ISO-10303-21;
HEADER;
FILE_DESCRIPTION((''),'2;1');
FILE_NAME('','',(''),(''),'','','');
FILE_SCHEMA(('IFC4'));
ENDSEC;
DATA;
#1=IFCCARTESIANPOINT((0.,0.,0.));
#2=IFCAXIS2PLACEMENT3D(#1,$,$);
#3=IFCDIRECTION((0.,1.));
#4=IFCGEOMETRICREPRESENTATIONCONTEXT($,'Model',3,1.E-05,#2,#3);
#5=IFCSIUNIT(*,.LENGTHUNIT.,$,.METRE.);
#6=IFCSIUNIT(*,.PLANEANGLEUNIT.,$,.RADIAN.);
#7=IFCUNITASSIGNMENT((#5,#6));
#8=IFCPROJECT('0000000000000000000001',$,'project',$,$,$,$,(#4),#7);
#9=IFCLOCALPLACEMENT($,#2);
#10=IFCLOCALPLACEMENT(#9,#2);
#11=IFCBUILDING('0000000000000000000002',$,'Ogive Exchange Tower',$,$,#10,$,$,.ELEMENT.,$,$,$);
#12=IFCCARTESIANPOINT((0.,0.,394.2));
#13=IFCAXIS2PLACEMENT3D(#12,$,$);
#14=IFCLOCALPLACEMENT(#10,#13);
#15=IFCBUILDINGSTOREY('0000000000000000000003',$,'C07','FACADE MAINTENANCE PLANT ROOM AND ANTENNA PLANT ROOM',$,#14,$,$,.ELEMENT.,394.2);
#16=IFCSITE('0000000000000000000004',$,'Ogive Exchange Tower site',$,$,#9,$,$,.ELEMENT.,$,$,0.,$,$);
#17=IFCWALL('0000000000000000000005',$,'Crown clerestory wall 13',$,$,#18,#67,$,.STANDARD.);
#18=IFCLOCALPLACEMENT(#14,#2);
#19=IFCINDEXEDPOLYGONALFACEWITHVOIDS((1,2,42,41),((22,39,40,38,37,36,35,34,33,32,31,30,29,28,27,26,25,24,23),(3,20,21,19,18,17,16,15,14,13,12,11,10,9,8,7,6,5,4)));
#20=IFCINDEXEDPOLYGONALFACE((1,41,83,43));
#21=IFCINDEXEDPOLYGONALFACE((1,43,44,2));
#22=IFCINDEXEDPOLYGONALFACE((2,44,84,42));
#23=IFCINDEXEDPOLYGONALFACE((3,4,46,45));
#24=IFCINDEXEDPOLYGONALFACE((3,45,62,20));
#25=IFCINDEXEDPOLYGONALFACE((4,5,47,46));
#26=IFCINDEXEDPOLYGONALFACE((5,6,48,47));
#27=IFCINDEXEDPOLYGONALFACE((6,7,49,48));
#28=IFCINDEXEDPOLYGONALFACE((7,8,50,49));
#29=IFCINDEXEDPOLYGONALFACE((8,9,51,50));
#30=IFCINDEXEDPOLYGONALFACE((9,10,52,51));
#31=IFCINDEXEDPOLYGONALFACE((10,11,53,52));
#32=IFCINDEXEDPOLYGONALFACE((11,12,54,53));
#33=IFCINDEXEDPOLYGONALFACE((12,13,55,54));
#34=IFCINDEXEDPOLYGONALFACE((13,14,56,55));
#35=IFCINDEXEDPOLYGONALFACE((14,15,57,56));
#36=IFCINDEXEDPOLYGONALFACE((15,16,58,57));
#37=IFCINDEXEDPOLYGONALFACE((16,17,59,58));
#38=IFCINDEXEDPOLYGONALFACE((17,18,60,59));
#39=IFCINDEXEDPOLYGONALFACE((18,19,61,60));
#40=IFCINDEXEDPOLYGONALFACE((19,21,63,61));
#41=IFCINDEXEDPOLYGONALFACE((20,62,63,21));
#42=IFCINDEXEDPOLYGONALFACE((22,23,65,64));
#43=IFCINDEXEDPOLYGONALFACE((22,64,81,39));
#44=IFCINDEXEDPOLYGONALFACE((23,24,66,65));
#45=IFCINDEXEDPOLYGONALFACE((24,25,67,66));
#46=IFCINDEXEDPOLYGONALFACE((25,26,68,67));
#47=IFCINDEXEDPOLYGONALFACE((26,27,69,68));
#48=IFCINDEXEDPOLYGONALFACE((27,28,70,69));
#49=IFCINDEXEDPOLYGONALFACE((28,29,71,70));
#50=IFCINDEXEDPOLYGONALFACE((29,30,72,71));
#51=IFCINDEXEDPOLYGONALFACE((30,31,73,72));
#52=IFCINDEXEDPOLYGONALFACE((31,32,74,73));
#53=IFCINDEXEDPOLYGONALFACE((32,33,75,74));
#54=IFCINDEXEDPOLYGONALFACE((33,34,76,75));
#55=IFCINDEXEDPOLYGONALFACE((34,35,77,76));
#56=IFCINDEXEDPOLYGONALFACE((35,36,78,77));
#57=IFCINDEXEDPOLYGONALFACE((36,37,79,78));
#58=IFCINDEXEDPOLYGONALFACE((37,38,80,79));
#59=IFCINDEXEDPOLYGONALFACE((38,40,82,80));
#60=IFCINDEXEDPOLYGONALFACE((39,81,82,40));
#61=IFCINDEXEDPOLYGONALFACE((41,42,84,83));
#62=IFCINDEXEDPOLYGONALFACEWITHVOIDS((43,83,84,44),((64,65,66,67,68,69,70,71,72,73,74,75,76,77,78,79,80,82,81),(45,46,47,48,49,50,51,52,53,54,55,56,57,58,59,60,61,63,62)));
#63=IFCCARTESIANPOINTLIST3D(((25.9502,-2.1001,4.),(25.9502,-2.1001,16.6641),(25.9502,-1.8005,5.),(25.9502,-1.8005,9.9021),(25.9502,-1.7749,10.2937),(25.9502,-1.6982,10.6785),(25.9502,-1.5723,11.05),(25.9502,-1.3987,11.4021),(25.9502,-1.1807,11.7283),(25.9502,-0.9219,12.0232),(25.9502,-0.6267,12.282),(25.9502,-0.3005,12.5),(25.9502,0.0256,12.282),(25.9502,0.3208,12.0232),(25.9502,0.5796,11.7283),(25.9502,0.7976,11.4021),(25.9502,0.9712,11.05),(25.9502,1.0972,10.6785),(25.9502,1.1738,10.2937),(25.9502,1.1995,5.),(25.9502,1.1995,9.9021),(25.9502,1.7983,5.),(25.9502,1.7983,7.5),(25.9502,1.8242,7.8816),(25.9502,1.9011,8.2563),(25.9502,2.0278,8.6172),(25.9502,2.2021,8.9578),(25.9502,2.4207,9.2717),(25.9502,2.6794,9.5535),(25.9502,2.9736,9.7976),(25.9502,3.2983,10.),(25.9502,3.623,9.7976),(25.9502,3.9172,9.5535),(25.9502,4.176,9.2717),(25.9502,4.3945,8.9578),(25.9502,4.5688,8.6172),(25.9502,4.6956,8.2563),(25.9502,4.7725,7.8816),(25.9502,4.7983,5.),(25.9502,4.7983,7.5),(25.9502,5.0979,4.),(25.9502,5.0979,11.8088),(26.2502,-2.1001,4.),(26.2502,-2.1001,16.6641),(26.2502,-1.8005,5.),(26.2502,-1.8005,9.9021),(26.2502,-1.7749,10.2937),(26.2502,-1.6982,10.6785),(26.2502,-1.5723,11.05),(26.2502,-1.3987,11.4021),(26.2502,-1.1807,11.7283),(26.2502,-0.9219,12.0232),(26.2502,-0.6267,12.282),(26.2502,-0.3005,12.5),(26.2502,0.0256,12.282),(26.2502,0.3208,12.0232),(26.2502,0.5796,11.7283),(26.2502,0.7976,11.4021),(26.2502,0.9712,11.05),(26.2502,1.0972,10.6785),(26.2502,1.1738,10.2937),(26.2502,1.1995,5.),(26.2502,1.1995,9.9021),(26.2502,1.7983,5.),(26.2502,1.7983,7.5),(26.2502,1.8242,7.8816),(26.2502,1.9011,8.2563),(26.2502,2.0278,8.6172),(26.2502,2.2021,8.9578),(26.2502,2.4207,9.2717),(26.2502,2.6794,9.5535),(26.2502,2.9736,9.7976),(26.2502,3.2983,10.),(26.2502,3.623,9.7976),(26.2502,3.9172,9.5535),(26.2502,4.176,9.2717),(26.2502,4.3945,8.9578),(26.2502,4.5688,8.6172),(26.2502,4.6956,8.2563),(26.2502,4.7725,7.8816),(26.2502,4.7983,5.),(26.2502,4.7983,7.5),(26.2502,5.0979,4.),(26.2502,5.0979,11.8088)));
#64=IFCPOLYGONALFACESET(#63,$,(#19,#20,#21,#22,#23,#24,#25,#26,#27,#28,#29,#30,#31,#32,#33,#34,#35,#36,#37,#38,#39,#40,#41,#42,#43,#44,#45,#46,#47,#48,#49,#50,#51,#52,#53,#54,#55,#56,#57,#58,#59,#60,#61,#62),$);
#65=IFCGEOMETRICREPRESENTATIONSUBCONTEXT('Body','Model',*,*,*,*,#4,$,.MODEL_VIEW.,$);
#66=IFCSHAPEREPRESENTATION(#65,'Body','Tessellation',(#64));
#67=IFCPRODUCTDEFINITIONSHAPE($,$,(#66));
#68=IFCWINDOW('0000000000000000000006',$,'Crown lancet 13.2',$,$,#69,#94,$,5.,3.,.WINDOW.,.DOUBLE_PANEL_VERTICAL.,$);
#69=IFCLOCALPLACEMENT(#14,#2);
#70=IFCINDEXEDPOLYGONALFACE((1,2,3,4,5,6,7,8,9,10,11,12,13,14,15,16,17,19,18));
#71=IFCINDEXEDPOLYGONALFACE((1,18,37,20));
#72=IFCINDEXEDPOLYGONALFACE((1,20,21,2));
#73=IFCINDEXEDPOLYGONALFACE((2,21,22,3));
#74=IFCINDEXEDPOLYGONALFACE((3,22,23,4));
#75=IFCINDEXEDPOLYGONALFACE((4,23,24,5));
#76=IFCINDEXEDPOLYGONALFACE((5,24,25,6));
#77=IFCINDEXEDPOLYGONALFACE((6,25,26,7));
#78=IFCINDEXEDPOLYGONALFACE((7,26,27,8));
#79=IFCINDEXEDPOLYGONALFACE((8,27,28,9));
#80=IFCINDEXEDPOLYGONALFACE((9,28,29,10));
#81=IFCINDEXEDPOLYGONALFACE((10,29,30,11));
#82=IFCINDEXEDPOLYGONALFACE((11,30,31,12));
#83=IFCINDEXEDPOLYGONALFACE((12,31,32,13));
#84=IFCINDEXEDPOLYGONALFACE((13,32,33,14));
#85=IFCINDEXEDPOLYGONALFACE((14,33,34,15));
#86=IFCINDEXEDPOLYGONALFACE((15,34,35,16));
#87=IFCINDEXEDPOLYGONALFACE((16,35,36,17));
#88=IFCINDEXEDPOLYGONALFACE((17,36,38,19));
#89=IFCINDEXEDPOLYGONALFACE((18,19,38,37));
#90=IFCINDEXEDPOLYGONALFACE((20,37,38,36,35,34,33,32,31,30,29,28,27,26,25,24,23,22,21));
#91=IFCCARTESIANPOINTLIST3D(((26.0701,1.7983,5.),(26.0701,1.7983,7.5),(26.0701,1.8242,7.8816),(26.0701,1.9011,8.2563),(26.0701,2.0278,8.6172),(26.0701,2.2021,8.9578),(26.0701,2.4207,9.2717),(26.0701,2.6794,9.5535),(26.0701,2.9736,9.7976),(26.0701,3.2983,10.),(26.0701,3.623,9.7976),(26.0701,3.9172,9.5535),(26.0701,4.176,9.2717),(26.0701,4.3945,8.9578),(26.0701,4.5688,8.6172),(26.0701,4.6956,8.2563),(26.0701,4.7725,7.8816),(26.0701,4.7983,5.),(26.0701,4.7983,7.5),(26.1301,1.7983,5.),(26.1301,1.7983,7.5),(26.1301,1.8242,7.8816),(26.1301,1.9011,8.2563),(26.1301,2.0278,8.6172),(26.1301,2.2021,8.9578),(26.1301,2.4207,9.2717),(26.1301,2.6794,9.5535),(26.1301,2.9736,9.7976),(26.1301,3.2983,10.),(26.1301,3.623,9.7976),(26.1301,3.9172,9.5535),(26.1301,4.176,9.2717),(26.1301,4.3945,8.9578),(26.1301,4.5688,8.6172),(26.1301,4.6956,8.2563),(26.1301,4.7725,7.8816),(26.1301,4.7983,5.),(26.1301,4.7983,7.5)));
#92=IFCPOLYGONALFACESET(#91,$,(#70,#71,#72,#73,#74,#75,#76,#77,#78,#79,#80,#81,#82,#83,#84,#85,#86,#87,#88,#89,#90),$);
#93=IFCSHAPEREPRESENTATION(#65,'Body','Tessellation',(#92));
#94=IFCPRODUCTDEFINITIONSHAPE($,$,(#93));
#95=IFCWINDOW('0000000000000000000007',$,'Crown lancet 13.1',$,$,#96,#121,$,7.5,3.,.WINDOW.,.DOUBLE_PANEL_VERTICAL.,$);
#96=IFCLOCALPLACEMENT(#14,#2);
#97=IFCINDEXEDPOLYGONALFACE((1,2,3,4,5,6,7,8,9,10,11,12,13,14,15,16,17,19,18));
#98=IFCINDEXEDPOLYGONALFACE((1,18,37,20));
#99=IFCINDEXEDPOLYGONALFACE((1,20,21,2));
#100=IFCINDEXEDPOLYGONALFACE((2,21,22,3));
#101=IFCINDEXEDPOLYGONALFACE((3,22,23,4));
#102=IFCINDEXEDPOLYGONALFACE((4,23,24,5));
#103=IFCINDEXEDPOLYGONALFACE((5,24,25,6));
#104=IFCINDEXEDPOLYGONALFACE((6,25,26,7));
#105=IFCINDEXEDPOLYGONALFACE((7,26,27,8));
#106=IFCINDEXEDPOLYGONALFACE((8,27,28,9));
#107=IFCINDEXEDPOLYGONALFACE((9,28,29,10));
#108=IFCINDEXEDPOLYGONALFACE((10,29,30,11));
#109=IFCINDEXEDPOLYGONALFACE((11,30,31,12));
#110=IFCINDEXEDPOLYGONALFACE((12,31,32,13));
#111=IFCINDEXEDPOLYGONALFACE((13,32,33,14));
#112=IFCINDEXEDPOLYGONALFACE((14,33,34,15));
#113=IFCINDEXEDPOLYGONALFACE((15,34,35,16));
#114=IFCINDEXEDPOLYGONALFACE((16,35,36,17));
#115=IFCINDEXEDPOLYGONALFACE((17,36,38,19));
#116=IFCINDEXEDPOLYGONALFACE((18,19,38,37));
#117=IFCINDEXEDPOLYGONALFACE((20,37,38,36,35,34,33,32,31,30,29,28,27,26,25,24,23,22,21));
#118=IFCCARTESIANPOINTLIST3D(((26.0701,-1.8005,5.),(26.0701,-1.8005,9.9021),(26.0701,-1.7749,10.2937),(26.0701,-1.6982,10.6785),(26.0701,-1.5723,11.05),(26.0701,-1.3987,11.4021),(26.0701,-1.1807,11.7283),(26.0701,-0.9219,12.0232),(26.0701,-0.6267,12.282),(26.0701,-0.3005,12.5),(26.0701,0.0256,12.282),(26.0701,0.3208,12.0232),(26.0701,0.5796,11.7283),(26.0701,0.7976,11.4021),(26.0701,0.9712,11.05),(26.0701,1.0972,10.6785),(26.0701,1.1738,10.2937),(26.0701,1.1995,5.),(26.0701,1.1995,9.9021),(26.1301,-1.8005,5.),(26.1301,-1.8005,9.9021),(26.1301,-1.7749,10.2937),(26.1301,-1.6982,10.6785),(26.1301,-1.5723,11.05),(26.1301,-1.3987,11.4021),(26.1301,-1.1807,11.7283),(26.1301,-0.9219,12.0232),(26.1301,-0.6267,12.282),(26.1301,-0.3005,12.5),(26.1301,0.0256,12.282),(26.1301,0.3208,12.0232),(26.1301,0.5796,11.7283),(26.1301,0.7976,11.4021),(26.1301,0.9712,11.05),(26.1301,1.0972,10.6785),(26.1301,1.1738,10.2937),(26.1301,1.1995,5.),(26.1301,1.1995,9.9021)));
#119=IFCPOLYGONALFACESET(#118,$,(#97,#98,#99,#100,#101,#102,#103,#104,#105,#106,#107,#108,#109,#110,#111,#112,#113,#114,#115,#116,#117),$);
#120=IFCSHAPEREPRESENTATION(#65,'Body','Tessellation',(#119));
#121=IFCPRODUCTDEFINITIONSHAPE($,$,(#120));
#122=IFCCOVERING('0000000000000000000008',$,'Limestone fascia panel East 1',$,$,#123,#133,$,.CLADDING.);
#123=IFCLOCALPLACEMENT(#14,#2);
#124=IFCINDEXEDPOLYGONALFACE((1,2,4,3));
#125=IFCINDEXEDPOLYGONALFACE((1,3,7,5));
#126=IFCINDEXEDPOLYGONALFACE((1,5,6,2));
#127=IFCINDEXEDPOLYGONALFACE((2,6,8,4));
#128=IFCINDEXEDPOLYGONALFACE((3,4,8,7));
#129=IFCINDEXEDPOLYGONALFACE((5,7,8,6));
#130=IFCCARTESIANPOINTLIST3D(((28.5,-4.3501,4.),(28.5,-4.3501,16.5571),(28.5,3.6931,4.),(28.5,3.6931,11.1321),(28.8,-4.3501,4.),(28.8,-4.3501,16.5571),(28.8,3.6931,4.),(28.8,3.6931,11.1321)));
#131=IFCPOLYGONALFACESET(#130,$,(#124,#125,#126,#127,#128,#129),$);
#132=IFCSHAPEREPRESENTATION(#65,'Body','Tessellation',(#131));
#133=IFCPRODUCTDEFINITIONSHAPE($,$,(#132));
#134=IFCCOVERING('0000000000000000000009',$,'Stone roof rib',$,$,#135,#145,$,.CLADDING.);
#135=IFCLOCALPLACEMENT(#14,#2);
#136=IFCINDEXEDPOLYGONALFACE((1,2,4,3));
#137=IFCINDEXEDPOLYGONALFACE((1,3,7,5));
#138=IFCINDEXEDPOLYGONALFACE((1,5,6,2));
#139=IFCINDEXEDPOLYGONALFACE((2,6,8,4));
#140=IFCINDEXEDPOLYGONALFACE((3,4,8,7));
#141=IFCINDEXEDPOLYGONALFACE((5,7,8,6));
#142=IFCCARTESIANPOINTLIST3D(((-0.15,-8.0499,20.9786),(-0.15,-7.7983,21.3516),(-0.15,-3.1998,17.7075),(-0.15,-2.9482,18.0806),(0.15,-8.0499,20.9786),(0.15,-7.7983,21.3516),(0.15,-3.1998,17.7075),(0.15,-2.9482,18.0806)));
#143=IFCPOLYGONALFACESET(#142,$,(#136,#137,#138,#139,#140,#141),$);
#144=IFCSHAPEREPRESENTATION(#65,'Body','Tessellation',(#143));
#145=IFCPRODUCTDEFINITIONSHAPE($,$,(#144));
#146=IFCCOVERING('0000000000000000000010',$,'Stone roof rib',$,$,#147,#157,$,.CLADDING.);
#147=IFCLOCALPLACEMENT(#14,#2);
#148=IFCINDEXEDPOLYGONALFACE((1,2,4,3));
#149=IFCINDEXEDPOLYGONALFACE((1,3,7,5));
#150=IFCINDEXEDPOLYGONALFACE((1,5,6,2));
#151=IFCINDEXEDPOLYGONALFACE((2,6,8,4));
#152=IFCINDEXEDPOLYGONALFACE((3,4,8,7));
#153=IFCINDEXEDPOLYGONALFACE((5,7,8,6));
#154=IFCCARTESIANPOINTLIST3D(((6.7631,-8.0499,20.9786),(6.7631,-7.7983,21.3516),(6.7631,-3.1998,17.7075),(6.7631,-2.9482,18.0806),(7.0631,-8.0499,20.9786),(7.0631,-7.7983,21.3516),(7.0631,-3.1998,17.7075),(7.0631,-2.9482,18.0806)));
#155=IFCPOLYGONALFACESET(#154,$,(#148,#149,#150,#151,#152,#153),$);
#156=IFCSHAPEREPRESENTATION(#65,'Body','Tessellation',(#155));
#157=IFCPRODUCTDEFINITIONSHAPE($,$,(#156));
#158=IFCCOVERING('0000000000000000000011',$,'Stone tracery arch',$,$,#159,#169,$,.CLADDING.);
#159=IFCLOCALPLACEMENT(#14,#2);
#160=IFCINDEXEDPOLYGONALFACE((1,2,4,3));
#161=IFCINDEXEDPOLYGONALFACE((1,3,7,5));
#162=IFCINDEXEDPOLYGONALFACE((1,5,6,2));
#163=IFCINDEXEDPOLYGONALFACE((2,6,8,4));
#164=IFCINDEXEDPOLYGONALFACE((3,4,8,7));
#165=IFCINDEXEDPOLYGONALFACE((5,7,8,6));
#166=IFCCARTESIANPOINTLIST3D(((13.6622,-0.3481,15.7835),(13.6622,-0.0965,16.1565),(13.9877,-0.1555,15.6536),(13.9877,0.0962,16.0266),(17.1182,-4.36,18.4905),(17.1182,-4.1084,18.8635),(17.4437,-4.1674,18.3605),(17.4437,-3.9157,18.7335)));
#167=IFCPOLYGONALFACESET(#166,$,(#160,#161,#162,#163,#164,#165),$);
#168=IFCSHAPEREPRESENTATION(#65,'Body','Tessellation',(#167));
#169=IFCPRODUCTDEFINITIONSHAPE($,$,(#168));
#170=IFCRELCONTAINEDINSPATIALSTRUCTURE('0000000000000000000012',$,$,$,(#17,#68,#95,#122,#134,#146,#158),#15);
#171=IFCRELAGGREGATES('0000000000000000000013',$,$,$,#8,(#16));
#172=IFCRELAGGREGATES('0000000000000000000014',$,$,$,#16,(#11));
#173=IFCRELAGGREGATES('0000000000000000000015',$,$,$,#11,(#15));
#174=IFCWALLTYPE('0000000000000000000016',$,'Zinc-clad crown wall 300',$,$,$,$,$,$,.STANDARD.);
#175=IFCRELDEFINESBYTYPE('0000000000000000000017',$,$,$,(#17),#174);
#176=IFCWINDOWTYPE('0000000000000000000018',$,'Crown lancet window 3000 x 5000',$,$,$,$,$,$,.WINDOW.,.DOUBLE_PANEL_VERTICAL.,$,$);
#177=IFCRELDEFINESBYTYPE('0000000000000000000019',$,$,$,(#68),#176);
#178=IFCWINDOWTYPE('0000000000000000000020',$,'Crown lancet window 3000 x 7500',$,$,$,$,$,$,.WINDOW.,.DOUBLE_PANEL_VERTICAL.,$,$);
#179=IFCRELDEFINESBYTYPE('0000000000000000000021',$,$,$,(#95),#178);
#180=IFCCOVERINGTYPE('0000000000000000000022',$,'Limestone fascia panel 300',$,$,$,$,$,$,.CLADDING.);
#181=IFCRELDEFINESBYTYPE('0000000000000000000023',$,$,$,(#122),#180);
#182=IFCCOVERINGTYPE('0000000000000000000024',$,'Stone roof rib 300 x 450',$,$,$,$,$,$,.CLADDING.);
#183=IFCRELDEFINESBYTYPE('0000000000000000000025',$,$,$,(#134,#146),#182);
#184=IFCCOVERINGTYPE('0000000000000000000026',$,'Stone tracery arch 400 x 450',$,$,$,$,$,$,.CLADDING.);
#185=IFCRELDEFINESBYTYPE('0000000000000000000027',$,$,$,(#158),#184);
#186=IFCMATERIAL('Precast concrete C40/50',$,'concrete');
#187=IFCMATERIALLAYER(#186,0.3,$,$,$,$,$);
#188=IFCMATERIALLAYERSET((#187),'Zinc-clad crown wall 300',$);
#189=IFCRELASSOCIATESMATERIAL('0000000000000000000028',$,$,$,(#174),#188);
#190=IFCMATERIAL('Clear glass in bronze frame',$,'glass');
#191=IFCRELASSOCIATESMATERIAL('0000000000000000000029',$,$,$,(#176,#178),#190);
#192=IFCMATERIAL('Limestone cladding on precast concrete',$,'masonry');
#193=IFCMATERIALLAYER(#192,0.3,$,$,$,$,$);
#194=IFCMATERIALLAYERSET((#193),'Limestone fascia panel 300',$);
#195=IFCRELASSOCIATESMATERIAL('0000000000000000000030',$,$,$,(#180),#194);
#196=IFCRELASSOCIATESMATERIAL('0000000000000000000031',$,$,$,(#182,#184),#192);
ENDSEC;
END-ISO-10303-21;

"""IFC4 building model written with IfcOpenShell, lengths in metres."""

from ifc_helpers import new_model, si_unit, direction, frame, origin, origin_2d, place, context, subcontext, project, spatial, polyline, rectangle, outline, extrude, material, layer, layer_set, material_profile, profile_set, type_object, element, fill, save


model = new_model("IFC4")

# Units and contexts
model_context = context("Model", 3, precision=1e-05, world=origin(), true_north=direction((0.0, 1.0)))
body_context = subcontext(model_context, "Body", "Model", "MODEL_VIEW")
ifc_project = project(units=[si_unit("LENGTHUNIT", "METRE"), si_unit("PLANEANGLEUNIT", "RADIAN")], contexts=[model_context])

# Site, building, storey
site_placement = place(None, origin())
site = spatial("IfcSite", under=ifc_project, at=site_placement, Name="Ogive Exchange Tower site", CompositionType="ELEMENT", RefElevation=0.0)
building_placement = place(site_placement, origin())
building = spatial("IfcBuilding", under=site, at=building_placement, Name="Ogive Exchange Tower", CompositionType="ELEMENT")
storey_placement = place(building_placement, frame((0.0, 0.0, 394.2)))
storey = spatial("IfcBuildingStorey", under=building, at=storey_placement, Name="C07", Description="FACADE MAINTENANCE PLANT ROOM AND ANTENNA PLANT ROOM", CompositionType="ELEMENT", Elevation=394.2)

# Shared definitions
ifc_material_1 = material(Name="Precast concrete C40/50", Category="concrete")
ifc_layer_1 = layer(ifc_material_1, 0.3)
ifc_layer_set_1 = layer_set([ifc_layer_1], Name="Zinc-clad crown wall 300")
wall_type = type_object("IfcWallType", Name="Zinc-clad crown wall 300", PredefinedType="STANDARD", material=ifc_layer_set_1)
ifc_material_2 = material(Name="Clear glass in bronze frame", Category="glass")

# Wall, openings, windows
wall_1_placement = place(storey_placement, frame((26.1001, -2.1001, 4.0), z_axis=(0.0, 0.0, 1.0), x_axis=(0.0, 1.0, 0.0)))
wall_1 = element("IfcWall", 1, at=wall_1_placement, inside=storey, type_object=wall_type, Name="Crown clerestory wall 13", PredefinedType="STANDARD", context=body_context, shape_type="SweptSolid", body=[
    extrude(outline(polyline([(0.0, 0.0), (7.198, 0.0), (7.198, 7.8088), (0.0, 12.6641), (0.0, 0.0)])), frame((0.0, 0.1499, 0.0), z_axis=(0.0, -1.0, 0.0), x_axis=(1.0, 0.0, 0.0)), (0.0, 0.0, 1.0), 0.3),
])
opening_1_placement = place(wall_1_placement, frame((0.2996, 0.0, 1.0)))
opening_1 = element("IfcOpeningElement", 2, at=opening_1_placement, cuts=wall_1, PredefinedType="OPENING", context=body_context, shape_type="SweptSolid", body=[
    extrude(outline(polyline([(0.0, 0.0), (3.0, 0.0), (3.0, 4.9021), (2.9744, 5.2937), (2.8977, 5.6785), (2.7717, 6.05), (2.5981, 6.4021), (2.3801, 6.7283), (2.1213, 7.0232), (1.8262, 7.282), (1.5, 7.5), (1.1738, 7.282), (0.8787, 7.0232), (0.6199, 6.7283), (0.4019, 6.4021), (0.2283, 6.05), (0.1023, 5.6785), (0.0256, 5.2937), (0.0, 4.9021), (0.0, 0.0)])), frame((0.0, 0.1599, 0.0), z_axis=(0.0, -1.0, 0.0), x_axis=(1.0, 0.0, 0.0)), (0.0, 0.0, 1.0), 0.3201),
])
opening_2_placement = place(wall_1_placement, frame((3.8984, 0.0, 1.0)))
opening_2 = element("IfcOpeningElement", 3, at=opening_2_placement, cuts=wall_1, PredefinedType="OPENING", context=body_context, shape_type="SweptSolid", body=[
    extrude(outline(polyline([(0.0, 0.0), (3.0, 0.0), (3.0, 2.5), (2.9741, 2.8816), (2.8972, 3.2563), (2.7705, 3.6172), (2.5962, 3.9578), (2.3777, 4.2717), (2.1189, 4.5535), (1.8247, 4.7976), (1.5, 5.0), (1.1753, 4.7976), (0.8811, 4.5535), (0.6223, 4.2717), (0.4038, 3.9578), (0.2295, 3.6172), (0.1028, 3.2563), (0.0259, 2.8816), (0.0, 2.5), (0.0, 0.0)])), frame((0.0, 0.1599, 0.0), z_axis=(0.0, -1.0, 0.0), x_axis=(1.0, 0.0, 0.0)), (0.0, 0.0, 1.0), 0.3201),
])
window_type_1 = type_object("IfcWindowType", Name="Crown lancet window 3000 x 5000", PartitioningType="DOUBLE_PANEL_VERTICAL", PredefinedType="WINDOW", material=ifc_material_2)
window_1_placement = place(opening_2_placement, origin())
window_1 = element("IfcWindow", 4, at=window_1_placement, inside=storey, type_object=window_type_1, Name="Crown lancet 13.2", OverallHeight=5.0, OverallWidth=3.0, PartitioningType="DOUBLE_PANEL_VERTICAL", PredefinedType="WINDOW", context=body_context, shape_type="SweptSolid", body=[
    extrude(outline(polyline([(0.0, 0.0), (3.0, 0.0), (3.0, 2.5), (2.9741, 2.8816), (2.8972, 3.2563), (2.7705, 3.6172), (2.5962, 3.9578), (2.3777, 4.2717), (2.1189, 4.5535), (1.8247, 4.7976), (1.5, 5.0), (1.1753, 4.7976), (0.8811, 4.5535), (0.6223, 4.2717), (0.4038, 3.9578), (0.2295, 3.6172), (0.1028, 3.2563), (0.0259, 2.8816), (0.0, 2.5), (0.0, 0.0)])), frame((0.0, 0.03, 0.0), z_axis=(0.0, -1.0, 0.0), x_axis=(1.0, 0.0, 0.0)), (0.0, 0.0, 1.0), 0.0601),
])
fill(opening_2, window_1)
window_type_2 = type_object("IfcWindowType", Name="Crown lancet window 3000 x 7500", PartitioningType="DOUBLE_PANEL_VERTICAL", PredefinedType="WINDOW", material=ifc_material_2)
window_2_placement = place(opening_1_placement, origin())
window_2 = element("IfcWindow", 5, at=window_2_placement, inside=storey, type_object=window_type_2, Name="Crown lancet 13.1", OverallHeight=7.5, OverallWidth=3.0, PartitioningType="DOUBLE_PANEL_VERTICAL", PredefinedType="WINDOW", context=body_context, shape_type="SweptSolid", body=[
    extrude(outline(polyline([(0.0, 0.0), (3.0, 0.0), (3.0, 4.9021), (2.9744, 5.2937), (2.8977, 5.6785), (2.7717, 6.05), (2.5981, 6.4021), (2.3801, 6.7283), (2.1213, 7.0232), (1.8262, 7.282), (1.5, 7.5), (1.1738, 7.282), (0.8787, 7.0232), (0.6199, 6.7283), (0.4019, 6.4021), (0.2283, 6.05), (0.1023, 5.6785), (0.0256, 5.2937), (0.0, 4.9021), (0.0, 0.0)])), frame((0.0, 0.03, 0.0), z_axis=(0.0, -1.0, 0.0), x_axis=(1.0, 0.0, 0.0)), (0.0, 0.0, 1.0), 0.0601),
])
fill(opening_1, window_2)

# Coverings
ifc_material_3 = material(Name="Limestone cladding on precast concrete", Category="masonry")
ifc_layer_2 = layer(ifc_material_3, 0.3)
ifc_layer_set_2 = layer_set([ifc_layer_2], Name="Limestone fascia panel 300")
covering_type_1 = type_object("IfcCoveringType", Name="Limestone fascia panel 300", PredefinedType="CLADDING", material=ifc_layer_set_2)
covering_1_placement = place(storey_placement, frame((28.5, -4.3501, 16.5571), z_axis=(-1.0, 0.0, 0.0), x_axis=(0.0, 0.829046, -0.559181)))
element("IfcCovering", 6, at=covering_1_placement, inside=storey, type_object=covering_type_1, Name="Limestone fascia panel East 1", PredefinedType="CLADDING", context=body_context, shape_type="SweptSolid", body=[
    extrude(outline(polyline([(0.0, 0.0), (9.7018, 0.0), (13.6899, 5.9128), (7.0217, 10.4104), (0.0, 0.0)])), origin(), (0.0, 0.0, -1.0), 0.3),
])
ifc_material_profile_1 = material_profile(ifc_material_3, rectangle(XDim=0.3, YDim=0.45, at=origin_2d()), Name="RIB 300 x 450")
ifc_profile_set_1 = profile_set([ifc_material_profile_1], Name="Limestone cladding on precast concrete")
covering_type_2 = type_object("IfcCoveringType", Name="Stone roof rib 300 x 450", PredefinedType="CLADDING", material=ifc_profile_set_1)
for number, where, z_axis, x_axis, name in (
    (7, (0.0, -3.074, 17.894), (0.0, -0.829072, 0.559142), (1.0, 0.0, 0.0), "Stone roof rib"),
    (8, (6.9131, -3.074, 17.894), (0.0, -0.829072, 0.559142), (1.0, 0.0, 0.0), "Stone roof rib"),
):
    element("IfcCovering", number, at=place(storey_placement, frame(where, z_axis=z_axis, x_axis=x_axis)), inside=storey, type_object=covering_type_2, Name=name, PredefinedType="CLADDING", context=body_context, shape_type="SweptSolid", body=[
        extrude(rectangle(XDim=0.3, YDim=0.45, at=origin_2d()), origin(), (0.0, 0.0, 1.0), 5.8501),
    ])
ifc_material_profile_2 = material_profile(ifc_material_3, rectangle(XDim=0.3999, YDim=0.45, at=origin_2d()), Name="TRACERY 400 x 450")
ifc_profile_set_2 = profile_set([ifc_material_profile_2], Name="Limestone cladding on precast concrete")
covering_type_3 = type_object("IfcCoveringType", Name="Stone tracery arch 400 x 450", PredefinedType="CLADDING", material=ifc_profile_set_2)
covering_2_placement = place(storey_placement, frame((13.825, -0.126, 15.905), z_axis=(0.581131, -0.674607, 0.455184), x_axis=(0.81381, 0.481784, -0.324958)))
element("IfcCovering", 9, at=covering_2_placement, inside=storey, type_object=covering_type_3, Name="Stone tracery arch", PredefinedType="CLADDING", context=body_context, shape_type="SweptSolid", body=[
    extrude(rectangle(XDim=0.3999, YDim=0.45, at=origin_2d()), origin(), (0.0, 0.0, 1.0), 5.947),
])

save(model, "model.ifc")
